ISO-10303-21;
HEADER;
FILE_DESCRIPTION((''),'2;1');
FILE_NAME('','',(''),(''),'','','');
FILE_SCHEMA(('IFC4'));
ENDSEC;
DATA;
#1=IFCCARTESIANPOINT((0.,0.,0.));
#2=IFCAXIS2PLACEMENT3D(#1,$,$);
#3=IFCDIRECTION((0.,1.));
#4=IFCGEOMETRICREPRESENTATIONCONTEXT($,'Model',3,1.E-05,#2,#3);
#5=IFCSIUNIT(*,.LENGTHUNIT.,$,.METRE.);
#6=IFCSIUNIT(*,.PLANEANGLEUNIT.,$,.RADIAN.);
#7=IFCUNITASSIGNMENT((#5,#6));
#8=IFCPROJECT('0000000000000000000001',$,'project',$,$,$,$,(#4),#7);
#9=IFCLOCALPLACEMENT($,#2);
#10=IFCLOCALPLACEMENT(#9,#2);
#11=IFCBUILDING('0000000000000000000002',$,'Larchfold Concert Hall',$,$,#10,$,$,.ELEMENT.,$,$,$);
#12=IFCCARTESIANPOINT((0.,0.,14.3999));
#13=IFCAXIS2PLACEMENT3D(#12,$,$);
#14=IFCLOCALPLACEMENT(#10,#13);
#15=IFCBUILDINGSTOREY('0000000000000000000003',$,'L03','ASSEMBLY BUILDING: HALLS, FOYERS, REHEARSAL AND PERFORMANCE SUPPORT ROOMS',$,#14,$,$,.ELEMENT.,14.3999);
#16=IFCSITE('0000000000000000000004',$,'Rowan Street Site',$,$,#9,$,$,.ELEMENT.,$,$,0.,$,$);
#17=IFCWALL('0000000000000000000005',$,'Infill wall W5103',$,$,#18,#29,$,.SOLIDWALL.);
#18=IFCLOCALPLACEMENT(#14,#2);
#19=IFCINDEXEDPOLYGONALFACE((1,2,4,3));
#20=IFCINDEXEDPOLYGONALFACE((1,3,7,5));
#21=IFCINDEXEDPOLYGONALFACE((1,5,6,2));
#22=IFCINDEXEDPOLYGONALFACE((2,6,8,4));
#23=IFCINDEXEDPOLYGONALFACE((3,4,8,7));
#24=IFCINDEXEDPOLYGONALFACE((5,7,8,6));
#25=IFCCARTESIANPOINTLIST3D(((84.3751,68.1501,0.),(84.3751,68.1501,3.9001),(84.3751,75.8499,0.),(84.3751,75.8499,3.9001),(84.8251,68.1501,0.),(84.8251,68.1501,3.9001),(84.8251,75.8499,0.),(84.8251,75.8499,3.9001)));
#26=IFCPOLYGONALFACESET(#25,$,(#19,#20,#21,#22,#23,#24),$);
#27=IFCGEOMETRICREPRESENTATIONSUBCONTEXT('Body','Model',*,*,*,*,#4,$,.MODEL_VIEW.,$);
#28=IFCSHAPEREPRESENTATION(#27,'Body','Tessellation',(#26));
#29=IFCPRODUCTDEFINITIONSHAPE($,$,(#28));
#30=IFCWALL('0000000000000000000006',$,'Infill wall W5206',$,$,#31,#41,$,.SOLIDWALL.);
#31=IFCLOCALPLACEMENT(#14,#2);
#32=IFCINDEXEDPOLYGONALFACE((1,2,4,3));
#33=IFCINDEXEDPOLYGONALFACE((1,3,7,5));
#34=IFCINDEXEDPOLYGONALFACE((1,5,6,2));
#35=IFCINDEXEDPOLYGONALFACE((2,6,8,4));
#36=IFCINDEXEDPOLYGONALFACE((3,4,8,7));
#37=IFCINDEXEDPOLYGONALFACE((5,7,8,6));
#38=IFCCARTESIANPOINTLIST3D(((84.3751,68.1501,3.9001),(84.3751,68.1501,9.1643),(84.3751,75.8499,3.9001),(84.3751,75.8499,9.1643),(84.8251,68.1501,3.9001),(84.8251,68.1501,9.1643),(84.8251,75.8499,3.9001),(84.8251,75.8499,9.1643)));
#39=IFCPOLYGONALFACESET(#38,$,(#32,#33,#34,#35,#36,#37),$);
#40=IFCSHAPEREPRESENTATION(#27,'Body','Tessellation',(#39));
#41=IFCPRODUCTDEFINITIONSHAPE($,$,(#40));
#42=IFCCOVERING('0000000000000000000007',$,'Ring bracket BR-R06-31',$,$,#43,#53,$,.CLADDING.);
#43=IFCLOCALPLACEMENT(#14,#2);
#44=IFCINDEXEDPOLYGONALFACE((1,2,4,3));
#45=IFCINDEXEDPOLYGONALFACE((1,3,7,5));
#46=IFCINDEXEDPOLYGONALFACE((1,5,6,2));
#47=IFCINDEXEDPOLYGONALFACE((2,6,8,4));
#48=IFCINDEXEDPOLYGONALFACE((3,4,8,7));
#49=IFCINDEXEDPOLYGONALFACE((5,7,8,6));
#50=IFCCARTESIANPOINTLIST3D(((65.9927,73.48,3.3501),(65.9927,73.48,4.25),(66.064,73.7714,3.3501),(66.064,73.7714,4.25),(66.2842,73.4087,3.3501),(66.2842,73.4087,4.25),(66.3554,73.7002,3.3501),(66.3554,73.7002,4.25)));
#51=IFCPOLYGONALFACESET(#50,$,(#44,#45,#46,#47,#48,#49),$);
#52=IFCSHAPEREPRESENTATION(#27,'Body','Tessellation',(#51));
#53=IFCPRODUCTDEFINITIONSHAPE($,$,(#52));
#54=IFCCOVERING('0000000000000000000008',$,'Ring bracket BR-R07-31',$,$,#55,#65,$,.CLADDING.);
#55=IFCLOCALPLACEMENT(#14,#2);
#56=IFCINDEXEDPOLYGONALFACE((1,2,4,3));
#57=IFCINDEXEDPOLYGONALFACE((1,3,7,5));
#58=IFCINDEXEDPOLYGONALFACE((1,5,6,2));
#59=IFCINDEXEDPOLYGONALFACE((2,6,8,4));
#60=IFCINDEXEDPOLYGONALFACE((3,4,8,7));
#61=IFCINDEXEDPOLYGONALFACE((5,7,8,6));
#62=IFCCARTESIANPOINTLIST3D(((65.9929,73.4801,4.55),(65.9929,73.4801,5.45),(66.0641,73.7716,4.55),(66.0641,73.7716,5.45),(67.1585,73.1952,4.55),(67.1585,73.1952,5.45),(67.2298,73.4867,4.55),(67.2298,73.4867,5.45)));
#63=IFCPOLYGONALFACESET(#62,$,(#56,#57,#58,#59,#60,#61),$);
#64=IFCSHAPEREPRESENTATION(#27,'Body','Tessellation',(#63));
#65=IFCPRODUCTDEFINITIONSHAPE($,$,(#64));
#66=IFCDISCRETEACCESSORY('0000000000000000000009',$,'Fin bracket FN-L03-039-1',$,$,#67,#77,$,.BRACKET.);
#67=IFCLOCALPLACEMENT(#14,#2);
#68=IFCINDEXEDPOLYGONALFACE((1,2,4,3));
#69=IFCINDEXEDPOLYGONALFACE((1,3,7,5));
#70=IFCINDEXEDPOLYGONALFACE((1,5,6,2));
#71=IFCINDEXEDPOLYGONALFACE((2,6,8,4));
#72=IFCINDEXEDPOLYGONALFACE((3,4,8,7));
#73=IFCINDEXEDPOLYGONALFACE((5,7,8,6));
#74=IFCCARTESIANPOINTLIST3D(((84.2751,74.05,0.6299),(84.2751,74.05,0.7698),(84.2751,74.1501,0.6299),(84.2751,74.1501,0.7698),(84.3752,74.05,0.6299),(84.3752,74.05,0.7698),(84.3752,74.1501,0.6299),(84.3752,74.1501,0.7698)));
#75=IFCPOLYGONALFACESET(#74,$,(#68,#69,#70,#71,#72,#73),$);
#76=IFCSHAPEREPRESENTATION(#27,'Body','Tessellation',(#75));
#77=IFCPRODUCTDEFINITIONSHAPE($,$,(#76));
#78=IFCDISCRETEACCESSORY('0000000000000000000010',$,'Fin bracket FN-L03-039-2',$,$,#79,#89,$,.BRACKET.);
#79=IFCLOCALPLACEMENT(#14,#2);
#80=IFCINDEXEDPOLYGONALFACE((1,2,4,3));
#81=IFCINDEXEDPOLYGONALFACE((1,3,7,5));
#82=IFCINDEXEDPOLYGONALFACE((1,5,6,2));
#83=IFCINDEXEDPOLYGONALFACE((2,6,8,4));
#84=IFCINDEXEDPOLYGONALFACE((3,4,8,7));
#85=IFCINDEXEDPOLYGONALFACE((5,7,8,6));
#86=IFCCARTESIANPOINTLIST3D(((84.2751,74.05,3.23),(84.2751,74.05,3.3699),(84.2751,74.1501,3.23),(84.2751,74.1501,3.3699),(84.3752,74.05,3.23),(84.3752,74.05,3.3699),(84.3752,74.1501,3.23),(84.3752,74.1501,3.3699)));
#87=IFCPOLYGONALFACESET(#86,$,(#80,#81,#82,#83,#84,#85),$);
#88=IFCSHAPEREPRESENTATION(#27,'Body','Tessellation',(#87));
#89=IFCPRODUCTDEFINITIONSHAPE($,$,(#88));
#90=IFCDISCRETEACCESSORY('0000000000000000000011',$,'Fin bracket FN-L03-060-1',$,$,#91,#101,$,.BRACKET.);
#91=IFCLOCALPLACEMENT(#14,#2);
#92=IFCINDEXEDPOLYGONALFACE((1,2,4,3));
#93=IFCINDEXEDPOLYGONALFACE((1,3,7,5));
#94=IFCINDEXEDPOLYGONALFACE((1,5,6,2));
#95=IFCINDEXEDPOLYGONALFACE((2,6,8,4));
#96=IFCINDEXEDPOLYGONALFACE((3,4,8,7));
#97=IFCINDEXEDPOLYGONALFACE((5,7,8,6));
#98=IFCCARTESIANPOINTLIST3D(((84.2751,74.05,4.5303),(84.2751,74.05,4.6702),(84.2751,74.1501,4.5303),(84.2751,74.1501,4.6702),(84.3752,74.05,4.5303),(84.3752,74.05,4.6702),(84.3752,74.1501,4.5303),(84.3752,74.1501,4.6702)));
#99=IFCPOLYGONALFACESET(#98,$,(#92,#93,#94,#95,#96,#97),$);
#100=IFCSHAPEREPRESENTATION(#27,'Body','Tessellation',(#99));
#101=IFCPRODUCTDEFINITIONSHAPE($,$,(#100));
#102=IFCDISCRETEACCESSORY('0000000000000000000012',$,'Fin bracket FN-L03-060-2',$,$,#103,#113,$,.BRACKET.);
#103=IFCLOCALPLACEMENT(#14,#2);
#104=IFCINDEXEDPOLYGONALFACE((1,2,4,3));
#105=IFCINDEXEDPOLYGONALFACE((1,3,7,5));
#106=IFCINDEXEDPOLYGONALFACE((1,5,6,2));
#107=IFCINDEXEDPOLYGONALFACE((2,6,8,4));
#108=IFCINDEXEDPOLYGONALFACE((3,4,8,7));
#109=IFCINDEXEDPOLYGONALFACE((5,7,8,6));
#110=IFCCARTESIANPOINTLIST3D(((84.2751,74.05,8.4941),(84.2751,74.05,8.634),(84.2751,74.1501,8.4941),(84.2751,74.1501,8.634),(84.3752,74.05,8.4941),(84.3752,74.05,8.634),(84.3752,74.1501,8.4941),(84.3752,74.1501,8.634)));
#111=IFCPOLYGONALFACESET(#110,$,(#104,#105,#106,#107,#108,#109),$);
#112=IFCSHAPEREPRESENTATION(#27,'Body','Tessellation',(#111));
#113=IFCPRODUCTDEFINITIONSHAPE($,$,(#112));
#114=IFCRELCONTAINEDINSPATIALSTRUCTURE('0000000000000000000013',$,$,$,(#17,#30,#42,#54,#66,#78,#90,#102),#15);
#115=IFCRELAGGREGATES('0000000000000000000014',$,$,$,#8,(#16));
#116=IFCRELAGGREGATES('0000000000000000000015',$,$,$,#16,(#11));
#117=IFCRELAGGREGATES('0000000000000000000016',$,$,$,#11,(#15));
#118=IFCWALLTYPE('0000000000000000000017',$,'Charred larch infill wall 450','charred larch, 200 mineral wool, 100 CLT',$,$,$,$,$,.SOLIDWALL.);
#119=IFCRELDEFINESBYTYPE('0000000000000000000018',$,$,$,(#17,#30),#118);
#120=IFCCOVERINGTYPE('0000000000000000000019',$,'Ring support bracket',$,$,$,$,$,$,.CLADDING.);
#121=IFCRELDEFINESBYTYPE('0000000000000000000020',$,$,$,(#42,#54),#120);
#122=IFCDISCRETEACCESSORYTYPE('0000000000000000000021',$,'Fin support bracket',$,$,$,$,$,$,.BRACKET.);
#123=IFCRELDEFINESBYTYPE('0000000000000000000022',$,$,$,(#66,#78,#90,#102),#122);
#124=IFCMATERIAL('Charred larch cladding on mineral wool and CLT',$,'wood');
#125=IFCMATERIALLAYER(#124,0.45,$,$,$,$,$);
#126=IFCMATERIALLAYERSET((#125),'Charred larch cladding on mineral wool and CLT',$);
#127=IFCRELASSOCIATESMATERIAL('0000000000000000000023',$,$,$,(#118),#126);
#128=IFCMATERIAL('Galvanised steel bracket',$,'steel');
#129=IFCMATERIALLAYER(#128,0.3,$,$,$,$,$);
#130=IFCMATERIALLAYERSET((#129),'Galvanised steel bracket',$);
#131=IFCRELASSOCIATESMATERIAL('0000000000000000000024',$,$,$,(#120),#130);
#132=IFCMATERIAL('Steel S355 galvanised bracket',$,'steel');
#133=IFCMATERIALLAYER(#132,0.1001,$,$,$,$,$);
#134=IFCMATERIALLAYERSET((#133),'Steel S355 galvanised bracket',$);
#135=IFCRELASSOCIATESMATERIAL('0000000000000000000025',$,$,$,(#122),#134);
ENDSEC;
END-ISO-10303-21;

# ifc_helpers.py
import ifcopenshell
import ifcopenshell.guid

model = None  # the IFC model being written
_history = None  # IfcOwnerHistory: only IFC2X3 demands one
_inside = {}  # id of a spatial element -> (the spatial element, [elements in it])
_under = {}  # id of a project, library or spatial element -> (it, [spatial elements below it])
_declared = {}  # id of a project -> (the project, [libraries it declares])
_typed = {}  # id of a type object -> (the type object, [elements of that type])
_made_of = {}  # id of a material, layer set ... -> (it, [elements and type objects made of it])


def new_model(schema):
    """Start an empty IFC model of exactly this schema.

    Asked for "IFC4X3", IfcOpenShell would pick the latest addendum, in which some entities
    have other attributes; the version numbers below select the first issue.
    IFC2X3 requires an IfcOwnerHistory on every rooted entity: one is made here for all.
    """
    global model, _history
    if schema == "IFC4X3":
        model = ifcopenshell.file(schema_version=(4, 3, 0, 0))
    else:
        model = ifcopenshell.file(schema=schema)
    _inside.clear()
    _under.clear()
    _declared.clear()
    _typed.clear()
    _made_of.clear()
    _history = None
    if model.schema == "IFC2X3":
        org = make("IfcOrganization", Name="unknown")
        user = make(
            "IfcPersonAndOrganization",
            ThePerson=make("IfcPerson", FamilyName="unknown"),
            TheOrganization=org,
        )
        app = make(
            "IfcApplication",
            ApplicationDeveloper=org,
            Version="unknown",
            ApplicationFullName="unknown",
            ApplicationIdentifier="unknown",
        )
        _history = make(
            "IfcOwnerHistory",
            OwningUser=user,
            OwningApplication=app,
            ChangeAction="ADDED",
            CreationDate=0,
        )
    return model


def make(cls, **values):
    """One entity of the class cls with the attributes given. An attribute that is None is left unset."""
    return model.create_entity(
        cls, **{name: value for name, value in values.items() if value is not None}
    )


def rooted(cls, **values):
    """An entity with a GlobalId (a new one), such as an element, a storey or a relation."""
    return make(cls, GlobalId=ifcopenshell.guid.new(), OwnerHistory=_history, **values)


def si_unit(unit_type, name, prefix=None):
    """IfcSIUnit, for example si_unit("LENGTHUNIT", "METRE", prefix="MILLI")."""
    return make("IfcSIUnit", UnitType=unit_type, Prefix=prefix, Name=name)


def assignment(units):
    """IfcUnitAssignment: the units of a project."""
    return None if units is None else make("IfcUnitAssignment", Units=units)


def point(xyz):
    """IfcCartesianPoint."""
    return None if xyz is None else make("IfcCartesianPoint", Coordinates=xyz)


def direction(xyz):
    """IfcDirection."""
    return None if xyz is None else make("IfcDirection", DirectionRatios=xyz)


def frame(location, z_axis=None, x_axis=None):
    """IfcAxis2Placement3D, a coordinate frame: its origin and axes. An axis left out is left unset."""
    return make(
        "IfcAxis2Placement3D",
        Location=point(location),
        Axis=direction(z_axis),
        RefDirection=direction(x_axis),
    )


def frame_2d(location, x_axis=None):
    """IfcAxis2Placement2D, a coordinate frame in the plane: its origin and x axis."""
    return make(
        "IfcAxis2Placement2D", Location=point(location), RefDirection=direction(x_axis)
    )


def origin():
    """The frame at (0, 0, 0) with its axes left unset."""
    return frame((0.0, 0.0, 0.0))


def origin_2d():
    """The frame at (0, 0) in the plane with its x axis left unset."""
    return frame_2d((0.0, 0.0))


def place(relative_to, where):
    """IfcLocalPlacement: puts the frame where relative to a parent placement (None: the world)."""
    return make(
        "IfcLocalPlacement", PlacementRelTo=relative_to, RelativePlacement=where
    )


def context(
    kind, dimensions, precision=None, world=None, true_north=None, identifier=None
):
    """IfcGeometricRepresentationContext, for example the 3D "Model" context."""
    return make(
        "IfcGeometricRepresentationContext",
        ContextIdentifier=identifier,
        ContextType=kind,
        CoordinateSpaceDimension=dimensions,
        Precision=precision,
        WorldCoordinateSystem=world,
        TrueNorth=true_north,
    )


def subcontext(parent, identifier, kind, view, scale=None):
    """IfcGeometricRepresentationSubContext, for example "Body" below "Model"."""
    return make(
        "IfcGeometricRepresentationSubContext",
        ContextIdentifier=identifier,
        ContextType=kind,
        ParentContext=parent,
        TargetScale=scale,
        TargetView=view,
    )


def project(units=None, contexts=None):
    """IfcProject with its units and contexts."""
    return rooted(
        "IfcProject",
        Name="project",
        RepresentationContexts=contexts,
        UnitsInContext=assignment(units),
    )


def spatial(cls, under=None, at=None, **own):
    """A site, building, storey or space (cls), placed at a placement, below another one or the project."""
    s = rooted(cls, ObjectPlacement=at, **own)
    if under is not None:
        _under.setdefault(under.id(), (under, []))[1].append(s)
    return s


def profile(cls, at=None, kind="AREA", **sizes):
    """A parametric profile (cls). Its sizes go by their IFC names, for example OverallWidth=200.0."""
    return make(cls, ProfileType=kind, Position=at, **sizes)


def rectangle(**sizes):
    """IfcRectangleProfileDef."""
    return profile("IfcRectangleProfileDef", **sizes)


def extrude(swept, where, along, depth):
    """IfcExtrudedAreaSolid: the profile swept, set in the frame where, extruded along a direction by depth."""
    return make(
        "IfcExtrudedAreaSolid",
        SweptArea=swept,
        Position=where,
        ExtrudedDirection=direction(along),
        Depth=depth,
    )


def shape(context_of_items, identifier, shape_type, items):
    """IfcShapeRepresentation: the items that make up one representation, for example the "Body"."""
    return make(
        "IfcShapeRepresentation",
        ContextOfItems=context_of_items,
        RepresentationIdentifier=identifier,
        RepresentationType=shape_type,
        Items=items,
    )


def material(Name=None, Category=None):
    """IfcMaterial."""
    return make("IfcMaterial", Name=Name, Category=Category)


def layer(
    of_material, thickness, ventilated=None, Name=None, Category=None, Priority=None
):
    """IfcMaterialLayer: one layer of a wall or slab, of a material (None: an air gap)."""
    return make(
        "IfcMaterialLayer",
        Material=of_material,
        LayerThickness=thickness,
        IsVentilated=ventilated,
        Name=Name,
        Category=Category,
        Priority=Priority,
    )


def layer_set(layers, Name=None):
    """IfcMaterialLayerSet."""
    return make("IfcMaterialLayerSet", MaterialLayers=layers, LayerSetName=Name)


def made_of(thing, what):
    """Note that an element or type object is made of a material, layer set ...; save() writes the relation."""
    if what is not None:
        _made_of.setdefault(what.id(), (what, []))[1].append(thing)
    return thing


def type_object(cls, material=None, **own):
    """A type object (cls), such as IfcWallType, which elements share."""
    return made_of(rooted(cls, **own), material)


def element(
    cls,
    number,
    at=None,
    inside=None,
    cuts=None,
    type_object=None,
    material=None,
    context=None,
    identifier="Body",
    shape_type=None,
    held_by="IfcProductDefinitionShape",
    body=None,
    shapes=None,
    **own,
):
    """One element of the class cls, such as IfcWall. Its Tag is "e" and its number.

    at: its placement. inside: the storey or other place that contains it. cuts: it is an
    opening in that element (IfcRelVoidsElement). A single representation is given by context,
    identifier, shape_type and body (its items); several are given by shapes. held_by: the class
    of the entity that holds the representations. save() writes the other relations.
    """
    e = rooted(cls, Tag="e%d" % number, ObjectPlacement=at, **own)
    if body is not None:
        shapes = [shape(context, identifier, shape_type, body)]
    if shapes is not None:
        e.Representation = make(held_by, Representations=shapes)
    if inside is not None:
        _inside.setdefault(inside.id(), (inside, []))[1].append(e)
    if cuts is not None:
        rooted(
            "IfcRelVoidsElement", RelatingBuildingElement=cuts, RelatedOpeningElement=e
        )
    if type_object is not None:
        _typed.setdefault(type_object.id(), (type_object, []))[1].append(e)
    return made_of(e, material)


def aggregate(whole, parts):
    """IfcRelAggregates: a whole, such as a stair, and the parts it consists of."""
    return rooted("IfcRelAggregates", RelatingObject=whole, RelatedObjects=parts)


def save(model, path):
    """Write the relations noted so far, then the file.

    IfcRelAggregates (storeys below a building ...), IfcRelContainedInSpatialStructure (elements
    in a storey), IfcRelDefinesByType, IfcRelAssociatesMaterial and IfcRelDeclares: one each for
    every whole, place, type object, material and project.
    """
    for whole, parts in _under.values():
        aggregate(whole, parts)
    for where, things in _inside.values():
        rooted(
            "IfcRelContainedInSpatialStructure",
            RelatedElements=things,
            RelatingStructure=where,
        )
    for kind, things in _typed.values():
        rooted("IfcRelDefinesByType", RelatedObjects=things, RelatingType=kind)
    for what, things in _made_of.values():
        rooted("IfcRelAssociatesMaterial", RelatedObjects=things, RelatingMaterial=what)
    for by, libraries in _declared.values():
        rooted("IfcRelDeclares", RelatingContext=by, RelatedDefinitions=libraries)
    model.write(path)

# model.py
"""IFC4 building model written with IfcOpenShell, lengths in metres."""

from ifc_helpers import new_model, si_unit, direction, frame, frame_2d, origin, origin_2d, place, context, subcontext, project, spatial, rectangle, extrude, material, layer, layer_set, type_object, element, save


model = new_model("IFC4")

# Units and contexts
model_context = context("Model", 3, precision=1e-05, world=origin(), true_north=direction((0.0, 1.0)))
body_context = subcontext(model_context, "Body", "Model", "MODEL_VIEW")
ifc_project = project(units=[si_unit("LENGTHUNIT", "METRE"), si_unit("PLANEANGLEUNIT", "RADIAN")], contexts=[model_context])

# Site, building, storey
site_placement = place(None, origin())
site = spatial("IfcSite", under=ifc_project, at=site_placement, Name="Rowan Street Site", CompositionType="ELEMENT", RefElevation=0.0)
building_placement = place(site_placement, origin())
building = spatial("IfcBuilding", under=site, at=building_placement, Name="Larchfold Concert Hall", CompositionType="ELEMENT")
storey_placement = place(building_placement, frame((0.0, 0.0, 14.3999)))
storey = spatial("IfcBuildingStorey", under=building, at=storey_placement, Name="L03", Description="ASSEMBLY BUILDING: HALLS, FOYERS, REHEARSAL AND PERFORMANCE SUPPORT ROOMS", CompositionType="ELEMENT", Elevation=14.3999)

# Walls
ifc_material_1 = material(Name="Charred larch cladding on mineral wool and CLT", Category="wood")
ifc_layer_1 = layer(ifc_material_1, 0.45)
ifc_layer_set_1 = layer_set([ifc_layer_1], Name="Charred larch cladding on mineral wool and CLT")
wall_type_1 = type_object("IfcWallType", Name="Charred larch infill wall 450", Description="charred larch, 200 mineral wool, 100 CLT", PredefinedType="SOLIDWALL", material=ifc_layer_set_1)
wall_1_placement = place(storey_placement, frame((84.6001, 75.8499, 0.0), z_axis=(0.0, 0.0, 1.0), x_axis=(0.0, -1.0, 0.0)))
element("IfcWall", 1, at=wall_1_placement, inside=storey, type_object=wall_type_1, Name="Infill wall W5103", PredefinedType="SOLIDWALL", context=body_context, shape_type="SweptSolid", body=[
    extrude(rectangle(XDim=7.6997, YDim=0.45, at=frame_2d((3.8499, 0.0))), origin(), (0.0, 0.0, 1.0), 3.9001),
])
wall_2_placement = place(storey_placement, frame((84.6001, 75.8499, 3.9001), z_axis=(0.0, 0.0, 1.0), x_axis=(0.0, -1.0, 0.0)))
element("IfcWall", 2, at=wall_2_placement, inside=storey, type_object=wall_type_1, Name="Infill wall W5206", PredefinedType="SOLIDWALL", context=body_context, shape_type="SweptSolid", body=[
    extrude(rectangle(XDim=7.6997, YDim=0.45, at=frame_2d((3.8499, 0.0))), origin(), (0.0, 0.0, 1.0), 5.2642),
])

# Coverings
ifc_material_2 = material(Name="Galvanised steel bracket", Category="steel")
ifc_layer_2 = layer(ifc_material_2, 0.3)
ifc_layer_set_2 = layer_set([ifc_layer_2], Name="Galvanised steel bracket")
covering_type = type_object("IfcCoveringType", Name="Ring support bracket", PredefinedType="CLADDING", material=ifc_layer_set_2)
covering_1_placement = place(storey_placement, frame((66.1741, 73.5901, 3.3501), z_axis=(0.0, 0.0, 1.0), x_axis=(0.971412, -0.237401, 0.0)))
element("IfcCovering", 3, at=covering_1_placement, inside=storey, type_object=covering_type, Name="Ring bracket BR-R06-31", PredefinedType="CLADDING", context=body_context, shape_type="SweptSolid", body=[
    extrude(rectangle(XDim=0.3, YDim=0.3, at=origin_2d()), origin(), (0.0, 0.0, 1.0), 0.8999),
])
covering_2_placement = place(storey_placement, frame((66.6113, 73.4834, 4.55), z_axis=(0.0, 0.0, 1.0), x_axis=(0.971412, -0.237401, 0.0)))
element("IfcCovering", 4, at=covering_2_placement, inside=storey, type_object=covering_type, Name="Ring bracket BR-R07-31", PredefinedType="CLADDING", context=body_context, shape_type="SweptSolid", body=[
    extrude(rectangle(XDim=1.2, YDim=0.3, at=origin_2d()), origin(), (0.0, 0.0, 1.0), 0.8999),
])

# Discrete accessories
ifc_material_3 = material(Name="Steel S355 galvanised bracket", Category="steel")
ifc_layer_3 = layer(ifc_material_3, 0.1001)
ifc_layer_set_3 = layer_set([ifc_layer_3], Name="Steel S355 galvanised bracket")
discrete_accessory_type = type_object("IfcDiscreteAccessoryType", Name="Fin support bracket", PredefinedType="BRACKET", material=ifc_layer_set_3)
for number, where, z_axis, x_axis, name in (
    (5, (84.3252, 74.1001, 0.6299), (0.0, 0.0, 1.0), (-1.0, 0.0, 0.0), "Fin bracket FN-L03-039-1"),
    (6, (84.3252, 74.1001, 3.23), (0.0, 0.0, 1.0), (-1.0, 0.0, 0.0), "Fin bracket FN-L03-039-2"),
    (7, (84.3252, 74.1001, 4.5303), (0.0, 0.0, 1.0), (-1.0, 0.0, 0.0), "Fin bracket FN-L03-060-1"),
    (8, (84.3252, 74.1001, 8.4941), (0.0, 0.0, 1.0), (-1.0, 0.0, 0.0), "Fin bracket FN-L03-060-2"),
):
    element("IfcDiscreteAccessory", number, at=place(storey_placement, frame(where, z_axis=z_axis, x_axis=x_axis)), inside=storey, type_object=discrete_accessory_type, Name=name, PredefinedType="BRACKET", context=body_context, shape_type="SweptSolid", body=[
        extrude(rectangle(XDim=0.1001, YDim=0.1001, at=origin_2d()), origin(), (0.0, 0.0, 1.0), 0.1399),
    ])

save(model, "model.ifc")
